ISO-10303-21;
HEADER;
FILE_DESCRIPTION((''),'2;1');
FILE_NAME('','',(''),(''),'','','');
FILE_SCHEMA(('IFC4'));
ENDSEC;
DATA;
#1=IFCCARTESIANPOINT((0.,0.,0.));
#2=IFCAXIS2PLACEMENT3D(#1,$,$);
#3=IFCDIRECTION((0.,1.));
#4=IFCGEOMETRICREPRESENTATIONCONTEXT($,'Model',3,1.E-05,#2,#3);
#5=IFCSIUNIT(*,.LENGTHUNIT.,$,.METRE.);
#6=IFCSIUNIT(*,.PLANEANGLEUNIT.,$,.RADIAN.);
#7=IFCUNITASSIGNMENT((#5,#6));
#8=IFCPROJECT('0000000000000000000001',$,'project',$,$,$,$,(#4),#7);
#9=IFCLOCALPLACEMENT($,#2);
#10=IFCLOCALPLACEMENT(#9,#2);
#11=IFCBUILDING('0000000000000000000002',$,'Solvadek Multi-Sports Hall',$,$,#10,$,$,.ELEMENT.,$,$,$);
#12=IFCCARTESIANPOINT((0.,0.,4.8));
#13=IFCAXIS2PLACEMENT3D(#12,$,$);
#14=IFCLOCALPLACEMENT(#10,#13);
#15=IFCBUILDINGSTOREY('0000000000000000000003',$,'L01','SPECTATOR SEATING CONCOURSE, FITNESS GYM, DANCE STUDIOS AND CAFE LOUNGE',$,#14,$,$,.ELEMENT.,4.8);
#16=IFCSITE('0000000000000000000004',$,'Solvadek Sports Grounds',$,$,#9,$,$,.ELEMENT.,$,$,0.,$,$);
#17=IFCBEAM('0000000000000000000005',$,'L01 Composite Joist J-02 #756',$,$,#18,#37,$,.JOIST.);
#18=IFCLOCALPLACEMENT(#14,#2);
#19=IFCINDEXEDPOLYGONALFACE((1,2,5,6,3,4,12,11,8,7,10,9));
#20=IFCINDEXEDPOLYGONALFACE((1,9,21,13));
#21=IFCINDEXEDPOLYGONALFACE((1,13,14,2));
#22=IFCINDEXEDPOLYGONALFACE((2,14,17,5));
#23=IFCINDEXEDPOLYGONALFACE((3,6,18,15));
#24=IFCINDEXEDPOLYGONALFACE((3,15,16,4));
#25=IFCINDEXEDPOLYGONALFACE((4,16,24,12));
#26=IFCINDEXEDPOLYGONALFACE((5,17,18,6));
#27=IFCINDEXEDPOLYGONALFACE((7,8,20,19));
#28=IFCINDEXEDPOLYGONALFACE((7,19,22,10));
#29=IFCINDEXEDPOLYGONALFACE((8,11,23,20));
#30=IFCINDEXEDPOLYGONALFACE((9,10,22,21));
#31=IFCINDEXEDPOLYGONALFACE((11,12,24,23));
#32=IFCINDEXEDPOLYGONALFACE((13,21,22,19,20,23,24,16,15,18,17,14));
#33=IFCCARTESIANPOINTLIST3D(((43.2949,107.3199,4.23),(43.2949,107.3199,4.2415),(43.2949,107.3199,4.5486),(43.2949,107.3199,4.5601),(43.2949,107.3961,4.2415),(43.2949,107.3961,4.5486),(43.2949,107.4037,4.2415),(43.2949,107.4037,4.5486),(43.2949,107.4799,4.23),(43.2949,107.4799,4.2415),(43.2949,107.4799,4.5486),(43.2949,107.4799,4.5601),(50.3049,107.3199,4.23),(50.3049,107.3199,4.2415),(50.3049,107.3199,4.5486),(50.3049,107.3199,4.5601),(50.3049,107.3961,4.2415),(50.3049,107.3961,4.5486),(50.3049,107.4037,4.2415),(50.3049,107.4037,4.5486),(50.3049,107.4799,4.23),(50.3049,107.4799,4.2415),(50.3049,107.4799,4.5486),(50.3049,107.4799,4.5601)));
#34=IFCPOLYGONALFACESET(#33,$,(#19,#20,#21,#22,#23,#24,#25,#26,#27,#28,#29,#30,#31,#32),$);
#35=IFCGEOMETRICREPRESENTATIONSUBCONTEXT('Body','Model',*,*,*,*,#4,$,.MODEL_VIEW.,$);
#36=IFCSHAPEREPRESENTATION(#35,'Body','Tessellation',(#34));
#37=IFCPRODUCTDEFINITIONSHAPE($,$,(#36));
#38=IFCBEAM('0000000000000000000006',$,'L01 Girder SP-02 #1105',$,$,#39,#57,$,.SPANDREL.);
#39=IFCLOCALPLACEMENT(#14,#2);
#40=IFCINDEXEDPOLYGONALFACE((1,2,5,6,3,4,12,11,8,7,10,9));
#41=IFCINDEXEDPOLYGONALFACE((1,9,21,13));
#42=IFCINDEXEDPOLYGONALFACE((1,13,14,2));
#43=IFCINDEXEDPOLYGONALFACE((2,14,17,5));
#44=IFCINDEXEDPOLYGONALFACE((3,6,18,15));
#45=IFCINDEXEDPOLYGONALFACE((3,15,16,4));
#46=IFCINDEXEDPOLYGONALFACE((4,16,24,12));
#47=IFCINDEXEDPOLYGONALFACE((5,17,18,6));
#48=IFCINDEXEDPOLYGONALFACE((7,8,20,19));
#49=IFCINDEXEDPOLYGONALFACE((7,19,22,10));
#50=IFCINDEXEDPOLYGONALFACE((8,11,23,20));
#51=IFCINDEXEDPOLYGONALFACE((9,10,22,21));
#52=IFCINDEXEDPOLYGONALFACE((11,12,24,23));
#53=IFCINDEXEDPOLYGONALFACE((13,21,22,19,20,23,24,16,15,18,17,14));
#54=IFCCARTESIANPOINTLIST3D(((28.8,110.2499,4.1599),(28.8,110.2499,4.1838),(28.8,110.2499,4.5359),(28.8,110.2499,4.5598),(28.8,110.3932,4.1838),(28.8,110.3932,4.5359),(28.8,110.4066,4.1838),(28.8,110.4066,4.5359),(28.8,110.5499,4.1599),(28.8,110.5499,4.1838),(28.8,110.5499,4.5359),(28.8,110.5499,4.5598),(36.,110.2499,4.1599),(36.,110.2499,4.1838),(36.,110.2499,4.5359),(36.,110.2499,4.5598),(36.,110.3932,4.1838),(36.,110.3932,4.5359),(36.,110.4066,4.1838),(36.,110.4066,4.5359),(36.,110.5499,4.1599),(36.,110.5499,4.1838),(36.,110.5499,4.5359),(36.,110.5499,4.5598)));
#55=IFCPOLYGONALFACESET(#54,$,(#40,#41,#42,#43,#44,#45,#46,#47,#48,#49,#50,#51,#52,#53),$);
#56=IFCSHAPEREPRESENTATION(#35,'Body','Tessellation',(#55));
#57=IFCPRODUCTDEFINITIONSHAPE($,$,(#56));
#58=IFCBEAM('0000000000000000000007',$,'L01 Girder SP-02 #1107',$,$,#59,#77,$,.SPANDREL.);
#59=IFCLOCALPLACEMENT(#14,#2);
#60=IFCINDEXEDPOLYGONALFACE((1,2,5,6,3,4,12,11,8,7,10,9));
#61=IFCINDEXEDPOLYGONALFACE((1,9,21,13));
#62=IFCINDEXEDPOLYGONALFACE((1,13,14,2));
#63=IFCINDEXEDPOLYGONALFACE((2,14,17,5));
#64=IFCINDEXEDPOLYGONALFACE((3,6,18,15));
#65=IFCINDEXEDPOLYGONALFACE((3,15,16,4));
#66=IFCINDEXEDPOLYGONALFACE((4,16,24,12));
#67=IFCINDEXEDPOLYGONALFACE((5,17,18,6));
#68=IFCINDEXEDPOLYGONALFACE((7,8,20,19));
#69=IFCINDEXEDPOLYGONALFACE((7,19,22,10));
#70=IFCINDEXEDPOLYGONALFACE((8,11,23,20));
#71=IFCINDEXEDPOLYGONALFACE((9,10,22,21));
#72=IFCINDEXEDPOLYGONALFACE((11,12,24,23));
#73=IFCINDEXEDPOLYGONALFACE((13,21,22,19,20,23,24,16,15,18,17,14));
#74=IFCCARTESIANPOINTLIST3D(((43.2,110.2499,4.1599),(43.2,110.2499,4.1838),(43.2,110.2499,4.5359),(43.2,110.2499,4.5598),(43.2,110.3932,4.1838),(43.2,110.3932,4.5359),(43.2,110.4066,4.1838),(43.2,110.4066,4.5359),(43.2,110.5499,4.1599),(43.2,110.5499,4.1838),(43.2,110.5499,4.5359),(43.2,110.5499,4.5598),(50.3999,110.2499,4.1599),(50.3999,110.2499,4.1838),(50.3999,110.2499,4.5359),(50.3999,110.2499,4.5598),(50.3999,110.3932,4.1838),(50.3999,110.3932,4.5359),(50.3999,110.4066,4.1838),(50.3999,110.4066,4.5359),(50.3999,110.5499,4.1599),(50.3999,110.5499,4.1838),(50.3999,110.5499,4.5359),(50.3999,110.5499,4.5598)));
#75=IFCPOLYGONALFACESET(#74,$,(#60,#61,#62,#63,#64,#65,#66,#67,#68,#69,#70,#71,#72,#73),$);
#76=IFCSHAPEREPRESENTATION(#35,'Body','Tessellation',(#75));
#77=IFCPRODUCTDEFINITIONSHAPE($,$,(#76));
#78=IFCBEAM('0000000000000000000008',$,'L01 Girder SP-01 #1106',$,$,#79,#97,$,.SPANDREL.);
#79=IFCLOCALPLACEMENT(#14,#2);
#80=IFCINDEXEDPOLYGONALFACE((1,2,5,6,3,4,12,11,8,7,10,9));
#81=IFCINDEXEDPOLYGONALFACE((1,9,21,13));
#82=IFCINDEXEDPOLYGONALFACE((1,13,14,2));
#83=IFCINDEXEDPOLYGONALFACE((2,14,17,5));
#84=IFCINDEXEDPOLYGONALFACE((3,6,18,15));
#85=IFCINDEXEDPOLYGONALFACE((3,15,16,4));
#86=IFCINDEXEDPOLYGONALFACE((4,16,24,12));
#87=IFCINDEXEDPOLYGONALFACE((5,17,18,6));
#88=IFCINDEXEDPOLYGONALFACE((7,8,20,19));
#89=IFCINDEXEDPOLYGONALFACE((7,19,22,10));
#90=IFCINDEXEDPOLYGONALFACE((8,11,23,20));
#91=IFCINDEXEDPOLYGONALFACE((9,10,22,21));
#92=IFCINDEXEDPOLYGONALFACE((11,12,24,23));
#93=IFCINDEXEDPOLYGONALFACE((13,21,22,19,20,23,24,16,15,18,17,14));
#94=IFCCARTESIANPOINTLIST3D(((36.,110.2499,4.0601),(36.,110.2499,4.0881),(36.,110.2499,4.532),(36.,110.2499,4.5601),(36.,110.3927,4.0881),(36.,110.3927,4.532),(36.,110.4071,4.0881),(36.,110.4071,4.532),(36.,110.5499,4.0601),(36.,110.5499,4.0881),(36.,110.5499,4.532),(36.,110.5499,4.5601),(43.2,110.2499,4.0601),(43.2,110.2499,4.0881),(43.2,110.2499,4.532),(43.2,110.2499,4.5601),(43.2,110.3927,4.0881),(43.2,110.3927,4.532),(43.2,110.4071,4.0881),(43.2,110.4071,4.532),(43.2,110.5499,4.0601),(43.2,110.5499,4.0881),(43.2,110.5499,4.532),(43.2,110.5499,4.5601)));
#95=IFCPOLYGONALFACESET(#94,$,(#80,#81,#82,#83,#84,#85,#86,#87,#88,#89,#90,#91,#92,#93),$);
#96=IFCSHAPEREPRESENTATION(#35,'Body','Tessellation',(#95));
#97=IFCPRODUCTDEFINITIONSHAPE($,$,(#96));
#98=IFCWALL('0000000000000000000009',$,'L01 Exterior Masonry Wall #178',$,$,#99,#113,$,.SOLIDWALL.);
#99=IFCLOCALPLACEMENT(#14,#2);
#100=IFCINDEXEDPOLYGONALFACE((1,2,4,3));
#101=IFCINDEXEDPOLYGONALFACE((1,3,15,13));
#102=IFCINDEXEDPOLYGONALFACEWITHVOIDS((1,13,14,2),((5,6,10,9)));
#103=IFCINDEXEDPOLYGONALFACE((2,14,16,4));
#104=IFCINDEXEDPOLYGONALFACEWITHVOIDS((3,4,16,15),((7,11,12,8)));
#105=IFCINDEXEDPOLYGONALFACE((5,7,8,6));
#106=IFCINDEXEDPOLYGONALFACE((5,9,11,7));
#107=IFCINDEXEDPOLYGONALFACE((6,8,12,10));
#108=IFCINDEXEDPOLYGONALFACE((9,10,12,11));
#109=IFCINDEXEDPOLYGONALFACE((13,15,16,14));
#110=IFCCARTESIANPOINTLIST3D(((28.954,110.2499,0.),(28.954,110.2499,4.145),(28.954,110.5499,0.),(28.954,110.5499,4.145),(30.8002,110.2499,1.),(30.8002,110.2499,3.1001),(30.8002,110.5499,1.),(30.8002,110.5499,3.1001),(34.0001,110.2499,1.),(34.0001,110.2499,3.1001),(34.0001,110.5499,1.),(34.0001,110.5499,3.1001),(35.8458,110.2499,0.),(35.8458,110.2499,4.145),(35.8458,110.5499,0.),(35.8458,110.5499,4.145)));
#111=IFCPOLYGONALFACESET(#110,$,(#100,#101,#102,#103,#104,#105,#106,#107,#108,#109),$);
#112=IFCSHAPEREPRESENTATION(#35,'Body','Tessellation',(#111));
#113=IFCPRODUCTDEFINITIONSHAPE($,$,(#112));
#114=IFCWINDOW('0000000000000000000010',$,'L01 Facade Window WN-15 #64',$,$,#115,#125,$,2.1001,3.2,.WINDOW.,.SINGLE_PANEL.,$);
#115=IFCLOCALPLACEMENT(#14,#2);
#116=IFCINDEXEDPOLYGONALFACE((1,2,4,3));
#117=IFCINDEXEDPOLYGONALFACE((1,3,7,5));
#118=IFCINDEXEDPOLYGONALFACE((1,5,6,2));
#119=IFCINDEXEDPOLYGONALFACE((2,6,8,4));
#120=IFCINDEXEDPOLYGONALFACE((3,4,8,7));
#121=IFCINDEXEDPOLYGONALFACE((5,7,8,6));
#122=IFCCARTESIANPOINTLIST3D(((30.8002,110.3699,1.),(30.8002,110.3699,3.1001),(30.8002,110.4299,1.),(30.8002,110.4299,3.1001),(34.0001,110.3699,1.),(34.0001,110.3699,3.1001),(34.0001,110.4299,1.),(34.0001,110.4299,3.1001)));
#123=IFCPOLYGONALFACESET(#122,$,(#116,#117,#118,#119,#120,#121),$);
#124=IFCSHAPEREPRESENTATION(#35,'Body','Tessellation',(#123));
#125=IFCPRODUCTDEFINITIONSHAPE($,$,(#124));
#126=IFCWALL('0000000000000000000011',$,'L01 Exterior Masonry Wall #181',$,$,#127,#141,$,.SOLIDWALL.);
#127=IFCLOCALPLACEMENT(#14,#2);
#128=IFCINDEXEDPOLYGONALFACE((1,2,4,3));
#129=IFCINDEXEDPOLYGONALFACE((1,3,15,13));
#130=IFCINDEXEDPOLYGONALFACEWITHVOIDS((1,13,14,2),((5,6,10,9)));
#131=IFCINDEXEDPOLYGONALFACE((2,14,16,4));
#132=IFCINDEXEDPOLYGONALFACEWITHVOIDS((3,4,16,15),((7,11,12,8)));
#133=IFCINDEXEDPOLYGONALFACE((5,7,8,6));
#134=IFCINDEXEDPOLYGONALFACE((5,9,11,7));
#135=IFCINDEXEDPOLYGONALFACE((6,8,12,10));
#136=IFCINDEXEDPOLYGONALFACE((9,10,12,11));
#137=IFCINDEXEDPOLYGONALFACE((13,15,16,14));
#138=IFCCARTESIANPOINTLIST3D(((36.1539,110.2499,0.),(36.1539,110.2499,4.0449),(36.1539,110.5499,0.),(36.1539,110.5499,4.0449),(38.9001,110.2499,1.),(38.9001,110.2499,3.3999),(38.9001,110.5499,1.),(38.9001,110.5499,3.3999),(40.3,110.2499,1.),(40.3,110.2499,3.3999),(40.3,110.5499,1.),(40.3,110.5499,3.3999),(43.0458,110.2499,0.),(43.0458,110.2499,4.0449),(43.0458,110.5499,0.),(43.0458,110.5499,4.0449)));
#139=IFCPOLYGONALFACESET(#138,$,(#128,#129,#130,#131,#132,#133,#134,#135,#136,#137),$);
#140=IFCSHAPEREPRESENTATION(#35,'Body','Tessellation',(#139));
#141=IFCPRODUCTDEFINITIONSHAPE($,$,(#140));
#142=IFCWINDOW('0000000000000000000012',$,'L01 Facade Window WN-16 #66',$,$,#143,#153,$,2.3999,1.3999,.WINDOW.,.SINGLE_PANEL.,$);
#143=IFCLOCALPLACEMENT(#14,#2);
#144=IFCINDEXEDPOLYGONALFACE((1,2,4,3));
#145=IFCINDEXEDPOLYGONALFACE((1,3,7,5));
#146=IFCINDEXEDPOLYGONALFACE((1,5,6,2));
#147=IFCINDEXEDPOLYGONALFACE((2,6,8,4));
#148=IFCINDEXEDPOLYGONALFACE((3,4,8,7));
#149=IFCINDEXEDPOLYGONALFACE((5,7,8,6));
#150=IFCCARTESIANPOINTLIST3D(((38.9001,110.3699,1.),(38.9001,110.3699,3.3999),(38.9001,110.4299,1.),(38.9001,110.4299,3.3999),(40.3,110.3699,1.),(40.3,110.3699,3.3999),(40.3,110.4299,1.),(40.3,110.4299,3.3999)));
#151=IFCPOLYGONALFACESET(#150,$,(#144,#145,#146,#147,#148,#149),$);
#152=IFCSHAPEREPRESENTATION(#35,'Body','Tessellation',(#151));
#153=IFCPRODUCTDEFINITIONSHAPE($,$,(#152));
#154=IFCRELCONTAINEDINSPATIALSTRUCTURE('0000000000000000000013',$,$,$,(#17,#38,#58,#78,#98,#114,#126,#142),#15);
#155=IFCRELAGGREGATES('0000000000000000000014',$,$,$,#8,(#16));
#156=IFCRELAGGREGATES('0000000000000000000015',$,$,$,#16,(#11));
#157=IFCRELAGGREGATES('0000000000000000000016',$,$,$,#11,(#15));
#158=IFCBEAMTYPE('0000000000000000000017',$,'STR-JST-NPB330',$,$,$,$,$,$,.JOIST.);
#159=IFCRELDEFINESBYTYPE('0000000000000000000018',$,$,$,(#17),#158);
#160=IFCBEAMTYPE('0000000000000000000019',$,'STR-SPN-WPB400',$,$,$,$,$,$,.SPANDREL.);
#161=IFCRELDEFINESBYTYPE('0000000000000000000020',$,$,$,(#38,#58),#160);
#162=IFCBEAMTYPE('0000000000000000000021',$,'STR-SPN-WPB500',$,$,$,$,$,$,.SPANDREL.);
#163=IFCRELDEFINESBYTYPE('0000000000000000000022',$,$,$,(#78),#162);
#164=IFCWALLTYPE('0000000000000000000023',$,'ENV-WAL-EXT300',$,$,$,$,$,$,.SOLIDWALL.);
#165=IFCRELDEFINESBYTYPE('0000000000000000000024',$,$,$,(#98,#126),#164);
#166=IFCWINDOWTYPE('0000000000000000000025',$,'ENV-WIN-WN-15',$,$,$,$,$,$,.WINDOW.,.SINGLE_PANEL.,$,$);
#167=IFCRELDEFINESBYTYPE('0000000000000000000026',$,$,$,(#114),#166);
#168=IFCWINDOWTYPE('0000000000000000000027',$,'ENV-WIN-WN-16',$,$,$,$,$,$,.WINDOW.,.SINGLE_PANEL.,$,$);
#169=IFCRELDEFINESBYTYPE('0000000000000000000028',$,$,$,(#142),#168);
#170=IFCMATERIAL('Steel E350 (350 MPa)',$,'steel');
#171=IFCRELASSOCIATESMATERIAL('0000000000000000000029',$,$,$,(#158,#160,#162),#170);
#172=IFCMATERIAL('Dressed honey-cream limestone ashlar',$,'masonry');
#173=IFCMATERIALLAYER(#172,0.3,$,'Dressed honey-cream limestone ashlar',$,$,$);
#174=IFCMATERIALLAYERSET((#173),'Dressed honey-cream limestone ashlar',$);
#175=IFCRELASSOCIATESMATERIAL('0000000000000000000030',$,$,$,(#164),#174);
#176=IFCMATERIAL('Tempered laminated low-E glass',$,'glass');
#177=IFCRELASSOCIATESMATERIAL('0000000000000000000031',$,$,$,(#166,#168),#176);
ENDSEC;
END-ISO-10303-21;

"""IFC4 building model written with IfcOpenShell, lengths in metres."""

from ifc_helpers import new_model, si_unit, direction, frame, frame_2d, origin, origin_2d, place, context, subcontext, project, spatial, rectangle, i_section, extrude, material, layer, layer_set, material_profile, profile_set, type_object, element, fill, save


model = new_model("IFC4")

# Units and contexts
model_context = context("Model", 3, precision=1e-05, world=origin(), true_north=direction((0.0, 1.0)))
body_context = subcontext(model_context, "Body", "Model", "MODEL_VIEW")
ifc_project = project(units=[si_unit("LENGTHUNIT", "METRE"), si_unit("PLANEANGLEUNIT", "RADIAN")], contexts=[model_context])

# Site, building, storey
site_placement = place(None, origin())
site = spatial("IfcSite", under=ifc_project, at=site_placement, Name="Solvadek Sports Grounds", CompositionType="ELEMENT", RefElevation=0.0)
building_placement = place(site_placement, origin())
building = spatial("IfcBuilding", under=site, at=building_placement, Name="Solvadek Multi-Sports Hall", CompositionType="ELEMENT")
storey_placement = place(building_placement, frame((0.0, 0.0, 4.8)))
storey = spatial("IfcBuildingStorey", under=building, at=storey_placement, Name="L01", Description="SPECTATOR SEATING CONCOURSE, FITNESS GYM, DANCE STUDIOS AND CAFE LOUNGE", CompositionType="ELEMENT", Elevation=4.8)

# Shared definitions
ifc_material_1 = material(Name="Steel E350 (350 MPa)", Category="steel")

# Beams
ifc_material_profile_1 = material_profile(ifc_material_1, i_section(OverallWidth=0.1599, OverallDepth=0.3301, WebThickness=0.0076, FlangeThickness=0.0115, at=origin_2d()), Name="NPB 330")
ifc_profile_set_1 = profile_set([ifc_material_profile_1], Name="Steel E350 (350 MPa)")
beam_type_1 = type_object("IfcBeamType", Name="STR-JST-NPB330", PredefinedType="JOIST", material=ifc_profile_set_1)
for number, where, z_axis, x_axis, name in (
    (1, (43.2949, 107.3999, 4.395), (1.0, 0.0, 0.0), (0.0, 1.0, 0.0), "L01 Composite Joist J-02 #756"),
):
    element("IfcBeam", number, at=place(storey_placement, frame(where, z_axis=z_axis, x_axis=x_axis)), inside=storey, type_object=beam_type_1, Name=name, PredefinedType="JOIST", context=body_context, shape_type="SweptSolid", body=[
        extrude(i_section(OverallWidth=0.1599, OverallDepth=0.3301, WebThickness=0.0076, FlangeThickness=0.0115, at=origin_2d()), origin(), (0.0, 0.0, 1.0), 7.01),
    ])
ifc_material_profile_2 = material_profile(ifc_material_1, i_section(OverallWidth=0.3, OverallDepth=0.3999, WebThickness=0.0134, FlangeThickness=0.0239, at=origin_2d()), Name="WPB 400")
ifc_profile_set_2 = profile_set([ifc_material_profile_2], Name="Steel E350 (350 MPa)")
beam_type_2 = type_object("IfcBeamType", Name="STR-SPN-WPB400", PredefinedType="SPANDREL", material=ifc_profile_set_2)
for number, where, z_axis, x_axis, name in (
    (2, (28.8, 110.3999, 4.3599), (1.0, 0.0, 0.0), (0.0, 1.0, 0.0), "L01 Girder SP-02 #1105"),
    (3, (43.2, 110.3999, 4.3599), (1.0, 0.0, 0.0), (0.0, 1.0, 0.0), "L01 Girder SP-02 #1107"),
):
    element("IfcBeam", number, at=place(storey_placement, frame(where, z_axis=z_axis, x_axis=x_axis)), inside=storey, type_object=beam_type_2, Name=name, PredefinedType="SPANDREL", context=body_context, shape_type="SweptSolid", body=[
        extrude(i_section(OverallWidth=0.3, OverallDepth=0.3999, WebThickness=0.0134, FlangeThickness=0.0239, at=origin_2d()), origin(), (0.0, 0.0, 1.0), 7.2),
    ])
ifc_material_profile_3 = material_profile(ifc_material_1, i_section(OverallWidth=0.3, OverallDepth=0.5, WebThickness=0.0144, FlangeThickness=0.0281, at=origin_2d()), Name="WPB 500")
ifc_profile_set_3 = profile_set([ifc_material_profile_3], Name="Steel E350 (350 MPa)")
beam_type_3 = type_object("IfcBeamType", Name="STR-SPN-WPB500", PredefinedType="SPANDREL", material=ifc_profile_set_3)
beam_1_placement = place(storey_placement, frame((36.0, 110.3999, 4.3101), z_axis=(1.0, 0.0, 0.0), x_axis=(0.0, 1.0, 0.0)))
element("IfcBeam", 4, at=beam_1_placement, inside=storey, type_object=beam_type_3, Name="L01 Girder SP-01 #1106", PredefinedType="SPANDREL", context=body_context, shape_type="SweptSolid", body=[
    extrude(i_section(OverallWidth=0.3, OverallDepth=0.5, WebThickness=0.0144, FlangeThickness=0.0281, at=origin_2d()), origin(), (0.0, 0.0, 1.0), 7.2),
])

# Walls, openings, windows
ifc_material_2 = material(Name="Dressed honey-cream limestone ashlar", Category="masonry")
ifc_layer_1 = layer(ifc_material_2, 0.3, Name="Dressed honey-cream limestone ashlar")
ifc_layer_set_1 = layer_set([ifc_layer_1], Name="Dressed honey-cream limestone ashlar")
wall_type_1 = type_object("IfcWallType", Name="ENV-WAL-EXT300", PredefinedType="SOLIDWALL", material=ifc_layer_set_1)
wall_1_placement = place(storey_placement, frame((28.9541, 110.3999, 0.0), z_axis=(0.0, 0.0, 1.0), x_axis=(1.0, 0.0, 0.0)))
wall_1 = element("IfcWall", 5, at=wall_1_placement, inside=storey, type_object=wall_type_1, Name="L01 Exterior Masonry Wall #178", PredefinedType="SOLIDWALL", context=body_context, shape_type="SweptSolid", body=[
    extrude(rectangle(XDim=6.8918, YDim=0.3, at=frame_2d((3.4458, 0.0))), origin(), (0.0, 0.0, 1.0), 4.145),
])
opening_1_placement = place(wall_1_placement, frame((1.8459, 0.0, 1.0)))
opening_1 = element("IfcOpeningElement", 6, at=opening_1_placement, cuts=wall_1, PredefinedType="OPENING", context=body_context, shape_type="SweptSolid", body=[
    extrude(rectangle(XDim=3.2, YDim=2.1001, at=frame_2d((1.6001, 1.05))), frame((0.0, 0.1599, 0.0), z_axis=(0.0, -1.0, 0.0), x_axis=(1.0, 0.0, 0.0)), (0.0, 0.0, 1.0), 0.3201),
])
ifc_material_3 = material(Name="Tempered laminated low-E glass", Category="glass")
window_type_1 = type_object("IfcWindowType", Name="ENV-WIN-WN-15", PartitioningType="SINGLE_PANEL", PredefinedType="WINDOW", material=ifc_material_3)
window_1_placement = place(opening_1_placement, origin())
window_1 = element("IfcWindow", 7, at=window_1_placement, inside=storey, type_object=window_type_1, Name="L01 Facade Window WN-15 #64", OverallHeight=2.1001, OverallWidth=3.2, PartitioningType="SINGLE_PANEL", PredefinedType="WINDOW", context=body_context, shape_type="SweptSolid", body=[
    extrude(rectangle(XDim=3.2, YDim=2.1001, at=frame_2d((1.6001, 1.05))), frame((0.0, 0.03, 0.0), z_axis=(0.0, -1.0, 0.0), x_axis=(1.0, 0.0, 0.0)), (0.0, 0.0, 1.0), 0.0601),
])
fill(opening_1, window_1)
wall_2_placement = place(storey_placement, frame((36.1541, 110.3999, 0.0), z_axis=(0.0, 0.0, 1.0), x_axis=(1.0, 0.0, 0.0)))
wall_2 = element("IfcWall", 8, at=wall_2_placement, inside=storey, type_object=wall_type_1, Name="L01 Exterior Masonry Wall #181", PredefinedType="SOLIDWALL", context=body_context, shape_type="SweptSolid", body=[
    extrude(rectangle(XDim=6.8918, YDim=0.3, at=frame_2d((3.4458, 0.0))), origin(), (0.0, 0.0, 1.0), 4.0449),
])
opening_2_placement = place(wall_2_placement, frame((2.7461, 0.0, 1.0)))
opening_2 = element("IfcOpeningElement", 9, at=opening_2_placement, cuts=wall_2, PredefinedType="OPENING", context=body_context, shape_type="SweptSolid", body=[
    extrude(rectangle(XDim=1.3999, YDim=2.3999, at=frame_2d((0.7, 1.2))), frame((0.0, 0.1599, 0.0), z_axis=(0.0, -1.0, 0.0), x_axis=(1.0, 0.0, 0.0)), (0.0, 0.0, 1.0), 0.3201),
])
window_type_2 = type_object("IfcWindowType", Name="ENV-WIN-WN-16", PartitioningType="SINGLE_PANEL", PredefinedType="WINDOW", material=ifc_material_3)
window_2_placement = place(opening_2_placement, origin())
window_2 = element("IfcWindow", 10, at=window_2_placement, inside=storey, type_object=window_type_2, Name="L01 Facade Window WN-16 #66", OverallHeight=2.3999, OverallWidth=1.3999, PartitioningType="SINGLE_PANEL", PredefinedType="WINDOW", context=body_context, shape_type="SweptSolid", body=[
    extrude(rectangle(XDim=1.3999, YDim=2.3999, at=frame_2d((0.7, 1.2))), frame((0.0, 0.03, 0.0), z_axis=(0.0, -1.0, 0.0), x_axis=(1.0, 0.0, 0.0)), (0.0, 0.0, 1.0), 0.0601),
])
fill(opening_2, window_2)

save(model, "model.ifc")
